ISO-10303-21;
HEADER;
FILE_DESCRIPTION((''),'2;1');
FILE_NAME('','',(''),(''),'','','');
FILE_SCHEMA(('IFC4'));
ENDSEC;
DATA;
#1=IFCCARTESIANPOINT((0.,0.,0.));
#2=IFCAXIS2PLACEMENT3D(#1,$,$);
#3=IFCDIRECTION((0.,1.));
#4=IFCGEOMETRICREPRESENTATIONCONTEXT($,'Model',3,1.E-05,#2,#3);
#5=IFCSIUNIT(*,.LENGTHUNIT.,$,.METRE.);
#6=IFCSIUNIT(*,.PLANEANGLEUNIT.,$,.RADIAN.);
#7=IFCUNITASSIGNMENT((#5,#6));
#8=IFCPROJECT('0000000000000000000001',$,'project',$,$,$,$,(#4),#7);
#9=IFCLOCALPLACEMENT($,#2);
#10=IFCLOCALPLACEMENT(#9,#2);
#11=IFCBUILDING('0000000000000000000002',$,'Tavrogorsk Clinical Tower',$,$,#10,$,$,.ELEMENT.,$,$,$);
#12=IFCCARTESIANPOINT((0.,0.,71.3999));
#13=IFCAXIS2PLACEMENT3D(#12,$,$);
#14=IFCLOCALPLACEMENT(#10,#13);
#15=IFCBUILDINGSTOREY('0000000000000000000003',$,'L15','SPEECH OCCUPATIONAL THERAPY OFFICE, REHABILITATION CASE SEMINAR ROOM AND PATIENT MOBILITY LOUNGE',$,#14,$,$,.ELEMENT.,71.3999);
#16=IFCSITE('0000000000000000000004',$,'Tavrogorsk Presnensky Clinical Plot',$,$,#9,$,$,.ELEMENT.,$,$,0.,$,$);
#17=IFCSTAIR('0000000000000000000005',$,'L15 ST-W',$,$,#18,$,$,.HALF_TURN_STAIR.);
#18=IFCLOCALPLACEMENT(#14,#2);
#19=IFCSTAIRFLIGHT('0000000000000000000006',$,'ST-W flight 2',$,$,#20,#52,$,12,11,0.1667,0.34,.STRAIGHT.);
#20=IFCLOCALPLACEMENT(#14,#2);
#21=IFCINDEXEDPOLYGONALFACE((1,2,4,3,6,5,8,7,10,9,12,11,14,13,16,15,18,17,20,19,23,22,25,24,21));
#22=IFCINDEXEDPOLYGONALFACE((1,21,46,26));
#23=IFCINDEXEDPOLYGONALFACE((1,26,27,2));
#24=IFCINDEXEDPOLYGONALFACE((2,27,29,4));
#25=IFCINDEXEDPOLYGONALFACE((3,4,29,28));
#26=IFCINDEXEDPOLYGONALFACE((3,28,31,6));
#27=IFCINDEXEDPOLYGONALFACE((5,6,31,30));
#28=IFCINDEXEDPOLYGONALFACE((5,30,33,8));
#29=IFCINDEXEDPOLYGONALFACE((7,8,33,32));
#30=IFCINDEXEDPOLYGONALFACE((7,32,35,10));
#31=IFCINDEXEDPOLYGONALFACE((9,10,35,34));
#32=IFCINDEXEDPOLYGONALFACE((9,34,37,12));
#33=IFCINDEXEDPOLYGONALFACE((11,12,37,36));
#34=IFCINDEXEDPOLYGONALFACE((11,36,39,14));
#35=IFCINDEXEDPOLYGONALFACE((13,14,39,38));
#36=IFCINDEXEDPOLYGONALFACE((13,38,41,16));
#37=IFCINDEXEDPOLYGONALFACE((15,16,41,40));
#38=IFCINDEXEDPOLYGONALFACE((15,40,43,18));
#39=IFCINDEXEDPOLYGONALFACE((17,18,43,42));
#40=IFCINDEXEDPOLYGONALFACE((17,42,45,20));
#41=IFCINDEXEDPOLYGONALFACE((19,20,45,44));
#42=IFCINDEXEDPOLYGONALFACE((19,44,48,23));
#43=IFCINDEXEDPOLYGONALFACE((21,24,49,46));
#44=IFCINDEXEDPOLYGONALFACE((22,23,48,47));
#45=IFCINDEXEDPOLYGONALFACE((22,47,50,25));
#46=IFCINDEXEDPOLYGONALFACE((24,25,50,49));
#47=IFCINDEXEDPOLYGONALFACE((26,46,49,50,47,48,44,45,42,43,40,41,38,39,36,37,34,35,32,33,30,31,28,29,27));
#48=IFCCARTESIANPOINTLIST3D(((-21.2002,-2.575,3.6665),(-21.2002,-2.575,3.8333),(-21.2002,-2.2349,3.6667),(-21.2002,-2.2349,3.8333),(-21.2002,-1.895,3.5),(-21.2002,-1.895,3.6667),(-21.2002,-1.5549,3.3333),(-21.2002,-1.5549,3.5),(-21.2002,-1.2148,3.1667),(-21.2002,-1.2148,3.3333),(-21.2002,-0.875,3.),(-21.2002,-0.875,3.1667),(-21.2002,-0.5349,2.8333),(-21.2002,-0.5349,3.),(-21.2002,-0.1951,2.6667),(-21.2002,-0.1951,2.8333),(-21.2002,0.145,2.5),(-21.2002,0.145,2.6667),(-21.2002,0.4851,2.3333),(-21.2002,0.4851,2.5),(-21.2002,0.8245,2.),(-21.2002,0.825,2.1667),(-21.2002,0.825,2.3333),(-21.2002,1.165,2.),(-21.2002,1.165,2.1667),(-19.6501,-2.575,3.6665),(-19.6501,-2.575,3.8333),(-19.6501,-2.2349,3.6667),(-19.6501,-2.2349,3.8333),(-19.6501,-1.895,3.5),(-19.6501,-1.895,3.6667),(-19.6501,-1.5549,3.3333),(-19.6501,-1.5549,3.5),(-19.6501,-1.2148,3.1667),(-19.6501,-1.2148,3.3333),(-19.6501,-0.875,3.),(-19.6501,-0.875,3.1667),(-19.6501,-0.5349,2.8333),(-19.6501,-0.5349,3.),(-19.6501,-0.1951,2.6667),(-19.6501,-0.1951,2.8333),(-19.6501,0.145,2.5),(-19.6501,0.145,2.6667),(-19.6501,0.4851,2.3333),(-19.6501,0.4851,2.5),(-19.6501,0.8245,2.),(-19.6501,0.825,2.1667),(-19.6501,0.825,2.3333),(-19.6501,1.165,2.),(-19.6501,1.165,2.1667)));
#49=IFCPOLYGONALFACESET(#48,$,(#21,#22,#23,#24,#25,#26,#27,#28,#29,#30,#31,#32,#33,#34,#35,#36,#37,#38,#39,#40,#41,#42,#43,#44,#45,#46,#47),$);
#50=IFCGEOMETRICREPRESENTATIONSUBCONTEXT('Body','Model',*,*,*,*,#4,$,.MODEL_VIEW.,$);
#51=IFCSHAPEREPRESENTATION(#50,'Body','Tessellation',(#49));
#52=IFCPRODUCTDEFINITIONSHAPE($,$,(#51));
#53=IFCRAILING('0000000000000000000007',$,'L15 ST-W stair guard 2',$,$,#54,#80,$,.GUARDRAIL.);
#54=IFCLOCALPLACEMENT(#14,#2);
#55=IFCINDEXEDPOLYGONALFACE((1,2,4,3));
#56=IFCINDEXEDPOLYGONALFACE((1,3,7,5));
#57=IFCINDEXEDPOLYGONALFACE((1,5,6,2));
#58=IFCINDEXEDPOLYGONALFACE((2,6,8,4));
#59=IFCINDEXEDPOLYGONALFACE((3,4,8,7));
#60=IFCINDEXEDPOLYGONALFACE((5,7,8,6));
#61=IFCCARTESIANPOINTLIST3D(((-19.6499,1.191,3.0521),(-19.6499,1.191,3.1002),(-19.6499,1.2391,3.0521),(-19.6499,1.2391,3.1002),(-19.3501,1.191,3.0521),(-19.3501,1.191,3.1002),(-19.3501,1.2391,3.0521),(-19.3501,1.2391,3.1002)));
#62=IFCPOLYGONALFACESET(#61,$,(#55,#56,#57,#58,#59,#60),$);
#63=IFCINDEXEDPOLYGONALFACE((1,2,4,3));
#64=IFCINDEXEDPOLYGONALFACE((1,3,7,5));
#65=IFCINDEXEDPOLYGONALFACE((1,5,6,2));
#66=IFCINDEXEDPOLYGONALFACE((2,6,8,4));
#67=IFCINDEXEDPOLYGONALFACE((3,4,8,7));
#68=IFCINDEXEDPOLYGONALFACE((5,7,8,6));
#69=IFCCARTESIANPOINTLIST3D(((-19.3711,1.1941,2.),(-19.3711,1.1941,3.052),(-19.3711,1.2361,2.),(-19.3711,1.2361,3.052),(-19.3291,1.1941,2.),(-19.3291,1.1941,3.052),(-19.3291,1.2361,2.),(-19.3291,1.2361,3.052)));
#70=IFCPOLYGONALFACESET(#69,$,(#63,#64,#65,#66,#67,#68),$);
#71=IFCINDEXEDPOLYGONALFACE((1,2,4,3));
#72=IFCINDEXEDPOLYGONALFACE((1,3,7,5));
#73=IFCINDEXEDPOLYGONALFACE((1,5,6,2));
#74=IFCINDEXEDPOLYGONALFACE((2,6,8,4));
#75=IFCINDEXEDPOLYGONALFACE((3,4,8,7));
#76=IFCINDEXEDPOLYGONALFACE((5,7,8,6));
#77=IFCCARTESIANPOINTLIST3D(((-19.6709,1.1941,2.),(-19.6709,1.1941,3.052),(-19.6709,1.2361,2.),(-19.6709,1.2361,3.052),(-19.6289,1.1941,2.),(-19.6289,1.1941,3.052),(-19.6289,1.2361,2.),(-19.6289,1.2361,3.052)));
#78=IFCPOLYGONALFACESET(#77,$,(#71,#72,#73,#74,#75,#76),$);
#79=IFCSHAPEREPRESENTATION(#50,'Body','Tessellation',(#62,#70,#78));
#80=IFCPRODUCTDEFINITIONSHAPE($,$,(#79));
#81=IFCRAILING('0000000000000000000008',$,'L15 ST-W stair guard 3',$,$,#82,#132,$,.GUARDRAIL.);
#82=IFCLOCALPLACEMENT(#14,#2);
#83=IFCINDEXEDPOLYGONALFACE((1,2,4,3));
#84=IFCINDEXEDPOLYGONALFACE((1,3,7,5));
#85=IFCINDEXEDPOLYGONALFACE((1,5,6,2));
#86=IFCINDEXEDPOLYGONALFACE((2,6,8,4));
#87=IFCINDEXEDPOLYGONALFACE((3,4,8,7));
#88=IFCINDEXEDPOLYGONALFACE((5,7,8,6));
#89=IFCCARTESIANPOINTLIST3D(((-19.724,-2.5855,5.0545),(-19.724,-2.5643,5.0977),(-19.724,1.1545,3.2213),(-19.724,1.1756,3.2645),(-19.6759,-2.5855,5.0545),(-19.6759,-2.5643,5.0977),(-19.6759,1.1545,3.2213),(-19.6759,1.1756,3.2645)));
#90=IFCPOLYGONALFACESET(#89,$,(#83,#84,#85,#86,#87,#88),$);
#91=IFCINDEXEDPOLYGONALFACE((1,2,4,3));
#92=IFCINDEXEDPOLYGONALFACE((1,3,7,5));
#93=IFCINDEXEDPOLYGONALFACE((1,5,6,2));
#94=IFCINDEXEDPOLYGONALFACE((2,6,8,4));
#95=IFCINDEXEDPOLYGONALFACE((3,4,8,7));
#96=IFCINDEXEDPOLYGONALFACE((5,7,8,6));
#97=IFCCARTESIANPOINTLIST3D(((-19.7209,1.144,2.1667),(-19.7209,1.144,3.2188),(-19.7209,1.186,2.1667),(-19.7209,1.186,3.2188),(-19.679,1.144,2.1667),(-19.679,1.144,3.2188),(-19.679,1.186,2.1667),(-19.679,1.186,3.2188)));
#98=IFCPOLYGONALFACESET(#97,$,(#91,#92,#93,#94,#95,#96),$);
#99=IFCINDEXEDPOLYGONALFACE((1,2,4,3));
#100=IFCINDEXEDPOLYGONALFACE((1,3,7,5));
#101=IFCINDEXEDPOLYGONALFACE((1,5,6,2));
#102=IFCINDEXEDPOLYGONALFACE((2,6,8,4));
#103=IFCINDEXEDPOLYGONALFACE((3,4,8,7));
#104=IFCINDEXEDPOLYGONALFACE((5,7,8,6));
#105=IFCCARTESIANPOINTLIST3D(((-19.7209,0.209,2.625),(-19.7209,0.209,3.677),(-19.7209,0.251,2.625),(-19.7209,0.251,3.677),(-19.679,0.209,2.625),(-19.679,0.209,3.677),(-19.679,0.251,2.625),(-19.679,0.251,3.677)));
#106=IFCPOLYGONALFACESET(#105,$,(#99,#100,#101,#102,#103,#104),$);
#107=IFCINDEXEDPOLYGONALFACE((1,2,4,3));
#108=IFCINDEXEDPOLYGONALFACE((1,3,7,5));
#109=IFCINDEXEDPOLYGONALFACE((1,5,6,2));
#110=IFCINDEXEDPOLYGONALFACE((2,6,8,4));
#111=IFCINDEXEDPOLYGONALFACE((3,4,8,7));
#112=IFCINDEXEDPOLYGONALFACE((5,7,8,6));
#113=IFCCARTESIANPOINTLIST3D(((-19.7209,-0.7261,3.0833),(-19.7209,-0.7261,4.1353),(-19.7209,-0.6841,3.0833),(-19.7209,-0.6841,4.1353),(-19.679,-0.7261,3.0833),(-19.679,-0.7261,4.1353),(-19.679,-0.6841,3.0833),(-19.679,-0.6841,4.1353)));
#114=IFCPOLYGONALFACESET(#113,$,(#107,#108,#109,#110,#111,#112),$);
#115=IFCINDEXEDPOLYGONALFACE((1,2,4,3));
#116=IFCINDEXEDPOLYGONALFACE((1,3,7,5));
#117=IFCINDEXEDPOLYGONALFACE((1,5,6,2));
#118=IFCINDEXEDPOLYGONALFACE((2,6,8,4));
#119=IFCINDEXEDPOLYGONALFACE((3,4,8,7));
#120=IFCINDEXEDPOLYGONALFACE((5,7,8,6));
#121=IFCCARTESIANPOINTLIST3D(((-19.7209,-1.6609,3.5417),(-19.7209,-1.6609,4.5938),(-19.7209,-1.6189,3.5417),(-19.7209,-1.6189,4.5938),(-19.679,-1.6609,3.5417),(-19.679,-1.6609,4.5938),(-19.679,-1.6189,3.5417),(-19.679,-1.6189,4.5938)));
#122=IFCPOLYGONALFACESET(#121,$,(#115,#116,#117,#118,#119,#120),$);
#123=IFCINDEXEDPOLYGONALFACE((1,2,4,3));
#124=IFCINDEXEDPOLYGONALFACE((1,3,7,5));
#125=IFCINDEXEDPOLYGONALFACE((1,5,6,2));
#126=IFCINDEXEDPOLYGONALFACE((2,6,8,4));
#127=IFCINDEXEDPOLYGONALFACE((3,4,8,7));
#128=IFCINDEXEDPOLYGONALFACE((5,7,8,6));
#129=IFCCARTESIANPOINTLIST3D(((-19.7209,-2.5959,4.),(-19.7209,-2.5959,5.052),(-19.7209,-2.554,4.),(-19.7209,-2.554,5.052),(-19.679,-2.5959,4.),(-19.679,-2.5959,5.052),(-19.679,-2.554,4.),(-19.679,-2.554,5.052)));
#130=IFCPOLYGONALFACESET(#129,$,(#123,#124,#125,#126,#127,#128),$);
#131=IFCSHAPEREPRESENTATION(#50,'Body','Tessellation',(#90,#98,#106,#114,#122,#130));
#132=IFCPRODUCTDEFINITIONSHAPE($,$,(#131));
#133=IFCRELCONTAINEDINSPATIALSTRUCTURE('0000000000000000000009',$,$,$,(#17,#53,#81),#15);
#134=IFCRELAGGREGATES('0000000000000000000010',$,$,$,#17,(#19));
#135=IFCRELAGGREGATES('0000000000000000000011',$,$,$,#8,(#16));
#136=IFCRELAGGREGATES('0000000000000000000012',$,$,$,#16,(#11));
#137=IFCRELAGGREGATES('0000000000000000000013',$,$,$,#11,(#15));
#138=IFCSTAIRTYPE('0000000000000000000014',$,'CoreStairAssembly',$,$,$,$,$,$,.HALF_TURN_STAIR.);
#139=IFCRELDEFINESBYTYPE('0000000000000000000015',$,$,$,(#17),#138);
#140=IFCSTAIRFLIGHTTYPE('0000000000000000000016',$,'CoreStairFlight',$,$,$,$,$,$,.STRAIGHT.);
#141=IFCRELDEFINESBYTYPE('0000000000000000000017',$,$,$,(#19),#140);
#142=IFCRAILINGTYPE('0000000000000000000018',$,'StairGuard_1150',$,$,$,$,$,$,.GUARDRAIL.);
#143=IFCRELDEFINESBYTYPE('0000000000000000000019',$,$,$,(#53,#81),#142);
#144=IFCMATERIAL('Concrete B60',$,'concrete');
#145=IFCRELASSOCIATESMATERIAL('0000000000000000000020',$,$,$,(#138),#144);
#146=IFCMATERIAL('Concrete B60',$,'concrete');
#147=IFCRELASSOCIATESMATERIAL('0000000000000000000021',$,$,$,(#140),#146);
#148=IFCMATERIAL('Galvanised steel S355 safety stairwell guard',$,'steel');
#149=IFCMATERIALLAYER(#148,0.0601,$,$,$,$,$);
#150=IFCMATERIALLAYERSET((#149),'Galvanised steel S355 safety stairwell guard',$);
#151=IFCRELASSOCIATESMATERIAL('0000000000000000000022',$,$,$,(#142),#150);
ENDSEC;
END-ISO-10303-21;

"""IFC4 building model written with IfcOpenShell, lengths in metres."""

from ifc_helpers import new_model, si_unit, direction, frame, origin, origin_2d, place, context, subcontext, project, spatial, polyline, rectangle, outline, extrude, material, layer, layer_set, type_object, element, aggregate, save


model = new_model("IFC4")

# Units and contexts
model_context = context("Model", 3, precision=1e-05, world=origin(), true_north=direction((0.0, 1.0)))
body_context = subcontext(model_context, "Body", "Model", "MODEL_VIEW")
ifc_project = project(units=[si_unit("LENGTHUNIT", "METRE"), si_unit("PLANEANGLEUNIT", "RADIAN")], contexts=[model_context])

# Site, building, storey
site_placement = place(None, origin())
site = spatial("IfcSite", under=ifc_project, at=site_placement, Name="Tavrogorsk Presnensky Clinical Plot", CompositionType="ELEMENT", RefElevation=0.0)
building_placement = place(site_placement, origin())
building = spatial("IfcBuilding", under=site, at=building_placement, Name="Tavrogorsk Clinical Tower", CompositionType="ELEMENT")
storey_placement = place(building_placement, frame((0.0, 0.0, 71.3999)))
storey = spatial("IfcBuildingStorey", under=building, at=storey_placement, Name="L15", Description="SPEECH OCCUPATIONAL THERAPY OFFICE, REHABILITATION CASE SEMINAR ROOM AND PATIENT MOBILITY LOUNGE", CompositionType="ELEMENT", Elevation=71.3999)

# Stair, stair flight
ifc_material_1 = material(Name="Concrete B60", Category="concrete")
stair_type = type_object("IfcStairType", Name="CoreStairAssembly", PredefinedType="HALF_TURN_STAIR", material=ifc_material_1)
stair_placement = place(storey_placement, origin())
stair = element("IfcStair", 1, at=stair_placement, inside=storey, type_object=stair_type, Name="L15 ST-W", PredefinedType="HALF_TURN_STAIR")
ifc_material_2 = material(Name="Concrete B60", Category="concrete")
stair_flight_type = type_object("IfcStairFlightType", Name="CoreStairFlight", PredefinedType="STRAIGHT", material=ifc_material_2)
stair_flight_placement = place(storey_placement, frame((-20.425, 1.165, 2.0), z_axis=(0.0, 0.0, 1.0), x_axis=(0.0, -1.0, 0.0)))
stair_flight = element("IfcStairFlight", 2, at=stair_flight_placement, type_object=stair_flight_type, Name="ST-W flight 2", NumberOfRisers=12, NumberOfTreads=11, PredefinedType="STRAIGHT", RiserHeight=0.1667, TreadLength=0.34, context=body_context, shape_type="SweptSolid", body=[
    extrude(outline(polyline([(0.0, 0.0), (0.0, 0.1667), (0.3401, 0.1667), (0.3401, 0.3333), (0.6799, 0.3333), (0.6799, 0.5), (1.02, 0.5), (1.02, 0.6667), (1.3601, 0.6667), (1.3601, 0.8333), (1.7, 0.8333), (1.7, 1.0), (2.04, 1.0), (2.04, 1.1667), (2.3799, 1.1667), (2.3799, 1.3333), (2.72, 1.3333), (2.72, 1.5), (3.0601, 1.5), (3.0601, 1.6667), (3.3999, 1.6667), (3.3999, 1.8333), (3.74, 1.8333), (3.74, 2.0), (3.74, 1.6665), (0.3406, 0.0), (0.0, 0.0)])), frame((0.0, 0.7749, 0.0), z_axis=(0.0, -1.0, 0.0), x_axis=(1.0, 0.0, 0.0)), (0.0, 0.0, 1.0), 1.55),
])
aggregate(stair, [stair_flight])

# Railings
ifc_material_3 = material(Name="Galvanised steel S355 safety stairwell guard", Category="steel")
ifc_layer_1 = layer(ifc_material_3, 0.0601)
ifc_layer_set_1 = layer_set([ifc_layer_1], Name="Galvanised steel S355 safety stairwell guard")
railing_type = type_object("IfcRailingType", Name="StairGuard_1150", PredefinedType="GUARDRAIL", material=ifc_layer_set_1)
railing_1_placement = place(storey_placement, frame((-19.3501, 1.2151, 2.0)))
element("IfcRailing", 3, at=railing_1_placement, inside=storey, type_object=railing_type, Name="L15 ST-W stair guard 2", PredefinedType="GUARDRAIL", context=body_context, shape_type="SweptSolid", body=[
    extrude(rectangle(XDim=0.0481, YDim=0.0481, at=origin_2d()), frame((0.0, 0.0, 1.0762), z_axis=(-1.0, 0.0, 0.0), x_axis=(0.0, -1.0, 0.0)), (0.0, 0.0, 1.0), 0.2998),
    extrude(rectangle(XDim=0.042, YDim=0.042, at=origin_2d()), origin(), (0.0, 0.0, 1.0), 1.052),
    extrude(rectangle(XDim=0.042, YDim=0.042, at=origin_2d()), frame((-0.2998, 0.0, 0.0)), (0.0, 0.0, 1.0), 1.052),
])
railing_2_placement = place(storey_placement, frame((-19.7, 1.165, 2.1667)))
element("IfcRailing", 4, at=railing_2_placement, inside=storey, type_object=railing_type, Name="L15 ST-W stair guard 3", PredefinedType="GUARDRAIL", context=body_context, shape_type="SweptSolid", body=[
    extrude(rectangle(XDim=0.0481, YDim=0.0481, at=origin_2d()), frame((0.0, 0.0, 1.0762), z_axis=(0.0, -0.897928, 0.440142), x_axis=(1.0, 0.0, 0.0)), (0.0, 0.0, 1.0), 4.165),
    extrude(rectangle(XDim=0.042, YDim=0.042, at=origin_2d()), origin(), (0.0, 0.0, 1.0), 1.052),
    extrude(rectangle(XDim=0.042, YDim=0.042, at=origin_2d()), frame((0.0, -0.9351, 0.4583)), (0.0, 0.0, 1.0), 1.052),
    extrude(rectangle(XDim=0.042, YDim=0.042, at=origin_2d()), frame((0.0, -1.8701, 0.9165)), (0.0, 0.0, 1.0), 1.052),
    extrude(rectangle(XDim=0.042, YDim=0.042, at=origin_2d()), frame((0.0, -2.8049, 1.375)), (0.0, 0.0, 1.0), 1.052),
    extrude(rectangle(XDim=0.042, YDim=0.042, at=origin_2d()), frame((0.0, -3.74, 1.8333)), (0.0, 0.0, 1.0), 1.052),
])

save(model, "model.ifc")
